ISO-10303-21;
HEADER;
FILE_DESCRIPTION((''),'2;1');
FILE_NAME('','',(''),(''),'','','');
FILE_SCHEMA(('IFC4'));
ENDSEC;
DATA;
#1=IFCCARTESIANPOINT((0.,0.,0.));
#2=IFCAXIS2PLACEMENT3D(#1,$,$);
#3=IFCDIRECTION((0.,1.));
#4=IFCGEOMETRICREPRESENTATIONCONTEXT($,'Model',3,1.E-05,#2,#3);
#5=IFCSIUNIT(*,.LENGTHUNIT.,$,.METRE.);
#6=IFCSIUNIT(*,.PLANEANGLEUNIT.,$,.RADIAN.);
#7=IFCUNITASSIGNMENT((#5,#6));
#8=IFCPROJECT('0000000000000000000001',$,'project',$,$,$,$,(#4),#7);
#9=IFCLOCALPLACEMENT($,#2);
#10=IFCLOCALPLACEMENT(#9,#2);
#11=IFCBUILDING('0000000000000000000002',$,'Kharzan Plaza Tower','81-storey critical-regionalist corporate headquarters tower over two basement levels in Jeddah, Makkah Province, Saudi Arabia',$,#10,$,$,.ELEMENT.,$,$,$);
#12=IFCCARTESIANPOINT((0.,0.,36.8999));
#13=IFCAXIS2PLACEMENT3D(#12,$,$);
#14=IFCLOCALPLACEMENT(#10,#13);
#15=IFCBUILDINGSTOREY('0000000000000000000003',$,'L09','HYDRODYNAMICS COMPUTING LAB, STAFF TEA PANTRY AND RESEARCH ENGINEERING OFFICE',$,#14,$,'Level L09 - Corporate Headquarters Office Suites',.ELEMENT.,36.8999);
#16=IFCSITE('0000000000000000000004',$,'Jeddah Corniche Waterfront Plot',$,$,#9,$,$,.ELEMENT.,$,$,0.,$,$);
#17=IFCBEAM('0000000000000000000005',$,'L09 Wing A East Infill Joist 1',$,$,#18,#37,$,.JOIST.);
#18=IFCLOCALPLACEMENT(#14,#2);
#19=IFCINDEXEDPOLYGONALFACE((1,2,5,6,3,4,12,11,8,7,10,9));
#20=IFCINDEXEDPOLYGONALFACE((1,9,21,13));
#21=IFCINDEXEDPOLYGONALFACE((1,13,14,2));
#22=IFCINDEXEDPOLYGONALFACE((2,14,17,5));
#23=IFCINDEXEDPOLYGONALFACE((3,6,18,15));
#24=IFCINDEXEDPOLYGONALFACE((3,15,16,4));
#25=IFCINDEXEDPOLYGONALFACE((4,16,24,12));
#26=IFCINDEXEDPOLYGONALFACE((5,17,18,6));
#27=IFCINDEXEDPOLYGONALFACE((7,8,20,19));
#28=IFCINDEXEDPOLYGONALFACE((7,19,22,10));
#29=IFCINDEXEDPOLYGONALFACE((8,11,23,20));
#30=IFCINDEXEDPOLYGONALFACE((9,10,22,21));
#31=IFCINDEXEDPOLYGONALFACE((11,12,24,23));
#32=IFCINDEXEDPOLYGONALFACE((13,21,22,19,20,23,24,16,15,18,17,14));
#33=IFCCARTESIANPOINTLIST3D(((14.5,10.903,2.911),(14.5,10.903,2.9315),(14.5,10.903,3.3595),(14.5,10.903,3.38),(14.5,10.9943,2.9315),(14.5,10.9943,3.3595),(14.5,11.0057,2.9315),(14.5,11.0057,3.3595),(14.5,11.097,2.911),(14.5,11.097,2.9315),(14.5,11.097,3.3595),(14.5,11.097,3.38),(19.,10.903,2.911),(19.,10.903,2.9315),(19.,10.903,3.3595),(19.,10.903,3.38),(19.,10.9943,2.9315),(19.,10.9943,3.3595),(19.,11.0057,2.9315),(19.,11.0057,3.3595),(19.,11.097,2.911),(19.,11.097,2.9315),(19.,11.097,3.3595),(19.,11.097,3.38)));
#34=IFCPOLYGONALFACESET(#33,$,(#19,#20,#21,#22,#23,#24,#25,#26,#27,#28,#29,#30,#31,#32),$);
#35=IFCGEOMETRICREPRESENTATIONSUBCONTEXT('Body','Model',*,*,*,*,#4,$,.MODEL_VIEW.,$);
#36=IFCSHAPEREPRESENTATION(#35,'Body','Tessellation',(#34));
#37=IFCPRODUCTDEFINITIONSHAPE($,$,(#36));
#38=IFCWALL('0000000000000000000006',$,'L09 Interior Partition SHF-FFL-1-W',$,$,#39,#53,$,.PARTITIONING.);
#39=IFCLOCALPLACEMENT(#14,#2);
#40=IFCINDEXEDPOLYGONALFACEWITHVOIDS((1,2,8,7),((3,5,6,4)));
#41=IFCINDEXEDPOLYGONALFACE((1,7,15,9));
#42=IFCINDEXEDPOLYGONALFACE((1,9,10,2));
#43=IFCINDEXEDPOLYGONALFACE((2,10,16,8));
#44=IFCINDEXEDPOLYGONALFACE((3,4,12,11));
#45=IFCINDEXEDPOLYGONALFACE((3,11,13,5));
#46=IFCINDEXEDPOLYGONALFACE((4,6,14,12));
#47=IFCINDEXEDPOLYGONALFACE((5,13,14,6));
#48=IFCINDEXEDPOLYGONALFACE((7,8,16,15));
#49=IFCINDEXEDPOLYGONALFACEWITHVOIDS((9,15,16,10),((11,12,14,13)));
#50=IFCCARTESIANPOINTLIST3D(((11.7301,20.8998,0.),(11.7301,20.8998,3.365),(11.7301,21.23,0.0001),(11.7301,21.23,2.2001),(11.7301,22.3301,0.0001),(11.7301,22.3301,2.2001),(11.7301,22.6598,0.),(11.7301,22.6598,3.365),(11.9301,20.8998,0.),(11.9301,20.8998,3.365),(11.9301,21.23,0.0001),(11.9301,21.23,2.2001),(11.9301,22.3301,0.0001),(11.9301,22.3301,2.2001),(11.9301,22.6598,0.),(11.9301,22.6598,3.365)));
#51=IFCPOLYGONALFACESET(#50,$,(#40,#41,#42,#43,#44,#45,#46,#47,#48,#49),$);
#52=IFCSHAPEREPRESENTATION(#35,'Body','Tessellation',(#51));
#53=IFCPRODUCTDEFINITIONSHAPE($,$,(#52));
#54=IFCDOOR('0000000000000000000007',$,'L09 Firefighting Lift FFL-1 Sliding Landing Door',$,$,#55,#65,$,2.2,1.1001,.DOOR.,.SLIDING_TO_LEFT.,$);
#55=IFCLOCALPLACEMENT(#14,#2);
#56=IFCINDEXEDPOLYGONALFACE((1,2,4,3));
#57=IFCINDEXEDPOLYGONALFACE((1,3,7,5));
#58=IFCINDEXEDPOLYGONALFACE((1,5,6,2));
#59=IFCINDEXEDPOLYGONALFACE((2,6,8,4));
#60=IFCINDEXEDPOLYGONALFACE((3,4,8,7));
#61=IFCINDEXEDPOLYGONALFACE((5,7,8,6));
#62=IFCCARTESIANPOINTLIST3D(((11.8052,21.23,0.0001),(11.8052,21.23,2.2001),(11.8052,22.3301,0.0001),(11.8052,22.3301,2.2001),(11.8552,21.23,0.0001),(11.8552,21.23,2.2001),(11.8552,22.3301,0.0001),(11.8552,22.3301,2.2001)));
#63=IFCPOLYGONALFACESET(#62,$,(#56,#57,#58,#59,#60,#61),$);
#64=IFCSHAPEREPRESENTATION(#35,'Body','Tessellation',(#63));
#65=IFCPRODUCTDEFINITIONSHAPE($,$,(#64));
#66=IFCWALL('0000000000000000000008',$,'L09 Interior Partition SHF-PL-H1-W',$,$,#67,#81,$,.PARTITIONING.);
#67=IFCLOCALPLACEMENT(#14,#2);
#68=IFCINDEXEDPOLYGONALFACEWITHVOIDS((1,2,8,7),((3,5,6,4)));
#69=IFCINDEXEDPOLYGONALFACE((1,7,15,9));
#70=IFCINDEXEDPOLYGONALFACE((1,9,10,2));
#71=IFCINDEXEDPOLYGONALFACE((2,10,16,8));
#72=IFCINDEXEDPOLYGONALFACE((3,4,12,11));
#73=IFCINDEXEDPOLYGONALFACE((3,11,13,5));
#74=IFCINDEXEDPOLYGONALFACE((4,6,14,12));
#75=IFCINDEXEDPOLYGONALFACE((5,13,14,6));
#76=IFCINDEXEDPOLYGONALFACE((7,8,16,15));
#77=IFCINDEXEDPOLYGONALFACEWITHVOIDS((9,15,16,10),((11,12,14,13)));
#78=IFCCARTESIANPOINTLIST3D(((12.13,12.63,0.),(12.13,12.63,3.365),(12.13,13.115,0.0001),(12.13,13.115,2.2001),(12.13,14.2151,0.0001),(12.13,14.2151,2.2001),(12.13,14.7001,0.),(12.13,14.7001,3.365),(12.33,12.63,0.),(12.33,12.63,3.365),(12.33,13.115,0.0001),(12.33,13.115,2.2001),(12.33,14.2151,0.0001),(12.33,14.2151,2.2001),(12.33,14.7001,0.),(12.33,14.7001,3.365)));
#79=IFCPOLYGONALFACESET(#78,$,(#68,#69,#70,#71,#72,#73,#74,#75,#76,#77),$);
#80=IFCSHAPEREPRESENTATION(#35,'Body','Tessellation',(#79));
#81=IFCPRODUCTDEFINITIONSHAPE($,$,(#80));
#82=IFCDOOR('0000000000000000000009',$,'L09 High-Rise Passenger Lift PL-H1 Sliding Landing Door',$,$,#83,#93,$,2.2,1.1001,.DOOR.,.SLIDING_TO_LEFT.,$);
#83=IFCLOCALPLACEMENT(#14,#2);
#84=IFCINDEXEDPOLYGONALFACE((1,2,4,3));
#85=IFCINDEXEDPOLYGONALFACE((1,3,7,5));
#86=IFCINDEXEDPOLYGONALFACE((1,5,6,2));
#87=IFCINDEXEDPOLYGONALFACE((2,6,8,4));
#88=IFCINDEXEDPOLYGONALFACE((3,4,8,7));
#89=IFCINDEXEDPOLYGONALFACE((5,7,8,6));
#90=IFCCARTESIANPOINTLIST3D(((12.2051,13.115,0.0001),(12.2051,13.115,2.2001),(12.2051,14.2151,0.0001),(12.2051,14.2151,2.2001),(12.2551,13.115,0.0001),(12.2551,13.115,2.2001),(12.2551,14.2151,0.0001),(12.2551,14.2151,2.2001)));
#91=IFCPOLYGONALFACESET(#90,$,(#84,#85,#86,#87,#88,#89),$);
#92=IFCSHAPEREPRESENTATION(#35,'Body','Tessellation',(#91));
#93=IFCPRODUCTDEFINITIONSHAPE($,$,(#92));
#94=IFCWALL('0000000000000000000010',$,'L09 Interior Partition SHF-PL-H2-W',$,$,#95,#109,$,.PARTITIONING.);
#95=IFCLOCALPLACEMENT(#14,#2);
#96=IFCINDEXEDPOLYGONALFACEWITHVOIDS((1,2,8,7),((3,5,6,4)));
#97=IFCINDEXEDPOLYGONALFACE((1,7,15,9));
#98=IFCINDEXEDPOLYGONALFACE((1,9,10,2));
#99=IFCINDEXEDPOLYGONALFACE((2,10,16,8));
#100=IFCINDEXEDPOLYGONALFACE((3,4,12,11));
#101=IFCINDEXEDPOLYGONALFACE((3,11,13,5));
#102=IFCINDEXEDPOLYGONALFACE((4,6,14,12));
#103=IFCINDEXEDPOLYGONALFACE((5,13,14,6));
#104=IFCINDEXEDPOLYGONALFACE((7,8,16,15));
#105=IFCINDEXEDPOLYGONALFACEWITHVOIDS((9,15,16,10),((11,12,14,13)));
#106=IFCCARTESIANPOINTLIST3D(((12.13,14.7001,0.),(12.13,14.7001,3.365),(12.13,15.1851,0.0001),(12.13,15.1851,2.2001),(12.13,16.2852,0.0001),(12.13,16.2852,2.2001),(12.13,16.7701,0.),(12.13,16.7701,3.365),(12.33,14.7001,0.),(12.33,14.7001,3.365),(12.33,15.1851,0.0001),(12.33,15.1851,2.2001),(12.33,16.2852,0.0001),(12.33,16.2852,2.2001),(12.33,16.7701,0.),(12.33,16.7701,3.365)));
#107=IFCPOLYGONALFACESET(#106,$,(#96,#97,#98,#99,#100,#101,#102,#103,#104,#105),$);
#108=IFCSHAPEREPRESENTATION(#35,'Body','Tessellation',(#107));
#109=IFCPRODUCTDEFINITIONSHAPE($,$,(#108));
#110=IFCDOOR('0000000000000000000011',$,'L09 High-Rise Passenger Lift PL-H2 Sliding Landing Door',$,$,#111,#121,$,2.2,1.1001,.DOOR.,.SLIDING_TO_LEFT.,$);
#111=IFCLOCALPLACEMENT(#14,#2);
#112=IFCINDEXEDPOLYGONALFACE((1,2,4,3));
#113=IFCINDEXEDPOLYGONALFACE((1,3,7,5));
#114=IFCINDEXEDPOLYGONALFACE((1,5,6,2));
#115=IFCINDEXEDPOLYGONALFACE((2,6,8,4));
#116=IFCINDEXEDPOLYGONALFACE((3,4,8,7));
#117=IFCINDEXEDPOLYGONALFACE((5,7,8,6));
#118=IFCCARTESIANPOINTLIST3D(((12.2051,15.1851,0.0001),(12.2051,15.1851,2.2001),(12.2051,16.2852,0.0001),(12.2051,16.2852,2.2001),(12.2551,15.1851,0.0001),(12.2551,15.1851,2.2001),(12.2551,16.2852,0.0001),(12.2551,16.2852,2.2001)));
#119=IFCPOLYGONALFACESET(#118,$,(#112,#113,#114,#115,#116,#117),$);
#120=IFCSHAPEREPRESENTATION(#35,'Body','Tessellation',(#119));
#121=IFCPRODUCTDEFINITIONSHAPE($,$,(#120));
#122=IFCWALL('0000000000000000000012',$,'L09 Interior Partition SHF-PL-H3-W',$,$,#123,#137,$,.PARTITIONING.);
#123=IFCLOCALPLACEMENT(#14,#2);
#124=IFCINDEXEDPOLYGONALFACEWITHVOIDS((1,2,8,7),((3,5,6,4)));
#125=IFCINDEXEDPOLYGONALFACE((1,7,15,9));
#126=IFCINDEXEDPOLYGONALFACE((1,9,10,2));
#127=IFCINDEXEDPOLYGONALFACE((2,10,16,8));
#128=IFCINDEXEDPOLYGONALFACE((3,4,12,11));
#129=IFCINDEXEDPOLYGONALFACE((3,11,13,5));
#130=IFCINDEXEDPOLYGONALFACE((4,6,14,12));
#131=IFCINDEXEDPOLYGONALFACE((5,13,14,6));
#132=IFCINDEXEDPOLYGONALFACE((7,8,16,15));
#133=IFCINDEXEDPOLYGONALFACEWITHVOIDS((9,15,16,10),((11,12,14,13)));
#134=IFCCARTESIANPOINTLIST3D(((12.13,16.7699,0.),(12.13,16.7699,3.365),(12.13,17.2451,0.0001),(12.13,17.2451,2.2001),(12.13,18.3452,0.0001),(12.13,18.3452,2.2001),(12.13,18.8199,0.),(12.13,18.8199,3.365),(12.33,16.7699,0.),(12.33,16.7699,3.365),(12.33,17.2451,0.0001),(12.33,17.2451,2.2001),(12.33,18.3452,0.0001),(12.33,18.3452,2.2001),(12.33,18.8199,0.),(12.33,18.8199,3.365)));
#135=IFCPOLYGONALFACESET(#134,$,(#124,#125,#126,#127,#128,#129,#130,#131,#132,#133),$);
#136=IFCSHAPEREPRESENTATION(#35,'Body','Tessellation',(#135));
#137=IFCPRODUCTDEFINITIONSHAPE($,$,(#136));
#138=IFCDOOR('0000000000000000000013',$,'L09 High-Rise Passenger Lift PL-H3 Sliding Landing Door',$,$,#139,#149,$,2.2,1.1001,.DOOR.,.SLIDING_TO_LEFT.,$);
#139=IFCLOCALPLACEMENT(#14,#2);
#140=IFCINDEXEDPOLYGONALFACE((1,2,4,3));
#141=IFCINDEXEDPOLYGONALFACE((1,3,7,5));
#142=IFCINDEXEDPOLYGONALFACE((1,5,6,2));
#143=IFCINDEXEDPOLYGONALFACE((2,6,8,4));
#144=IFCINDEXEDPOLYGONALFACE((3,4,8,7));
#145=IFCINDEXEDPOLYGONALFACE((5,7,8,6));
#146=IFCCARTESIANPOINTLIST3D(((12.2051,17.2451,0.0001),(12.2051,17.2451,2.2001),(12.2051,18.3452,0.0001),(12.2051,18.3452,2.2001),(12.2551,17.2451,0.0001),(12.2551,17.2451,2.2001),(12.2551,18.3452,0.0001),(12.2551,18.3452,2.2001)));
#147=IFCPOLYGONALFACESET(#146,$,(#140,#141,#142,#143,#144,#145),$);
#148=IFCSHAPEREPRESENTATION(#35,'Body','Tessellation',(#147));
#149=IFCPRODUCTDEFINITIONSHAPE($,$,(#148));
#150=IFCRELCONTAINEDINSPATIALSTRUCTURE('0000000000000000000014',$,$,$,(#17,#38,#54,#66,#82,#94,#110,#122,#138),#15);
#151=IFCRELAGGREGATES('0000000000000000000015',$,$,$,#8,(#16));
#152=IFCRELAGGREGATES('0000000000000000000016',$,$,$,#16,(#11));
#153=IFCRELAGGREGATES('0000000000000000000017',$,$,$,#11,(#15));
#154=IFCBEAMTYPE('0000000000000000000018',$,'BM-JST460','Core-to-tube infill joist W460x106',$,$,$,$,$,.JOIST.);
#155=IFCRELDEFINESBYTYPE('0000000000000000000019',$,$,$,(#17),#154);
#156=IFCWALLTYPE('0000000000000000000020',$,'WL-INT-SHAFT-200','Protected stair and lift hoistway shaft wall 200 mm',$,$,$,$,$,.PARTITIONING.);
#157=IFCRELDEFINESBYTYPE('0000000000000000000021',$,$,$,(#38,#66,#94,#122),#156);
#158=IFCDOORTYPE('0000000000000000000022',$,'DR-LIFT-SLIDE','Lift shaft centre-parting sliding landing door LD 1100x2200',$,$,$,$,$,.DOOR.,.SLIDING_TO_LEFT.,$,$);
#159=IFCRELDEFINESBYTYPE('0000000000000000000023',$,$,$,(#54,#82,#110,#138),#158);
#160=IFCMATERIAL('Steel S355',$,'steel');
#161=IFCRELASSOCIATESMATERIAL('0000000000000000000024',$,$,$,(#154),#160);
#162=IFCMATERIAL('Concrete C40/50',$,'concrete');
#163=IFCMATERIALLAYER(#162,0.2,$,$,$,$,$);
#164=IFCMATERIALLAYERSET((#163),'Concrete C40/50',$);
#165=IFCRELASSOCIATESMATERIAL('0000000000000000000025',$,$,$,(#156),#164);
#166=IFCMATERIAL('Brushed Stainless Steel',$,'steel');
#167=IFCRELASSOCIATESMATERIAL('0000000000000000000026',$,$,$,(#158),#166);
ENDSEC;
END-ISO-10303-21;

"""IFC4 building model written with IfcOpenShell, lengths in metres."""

from ifc_helpers import new_model, si_unit, direction, frame, frame_2d, origin, origin_2d, place, context, subcontext, project, spatial, rectangle, i_section, extrude, source, transform, mapped, material, layer, layer_set, material_profile, profile_set, type_object, element, fill, save


model = new_model("IFC4")

# Units and contexts
model_context = context("Model", 3, precision=1e-05, world=origin(), true_north=direction((0.0, 1.0)))
body_context = subcontext(model_context, "Body", "Model", "MODEL_VIEW")
ifc_project = project(units=[si_unit("LENGTHUNIT", "METRE"), si_unit("PLANEANGLEUNIT", "RADIAN")], contexts=[model_context])

# Site, building, storey
site_placement = place(None, origin())
site = spatial("IfcSite", under=ifc_project, at=site_placement, Name="Jeddah Corniche Waterfront Plot", CompositionType="ELEMENT", RefElevation=0.0)
building_placement = place(site_placement, origin())
building = spatial("IfcBuilding", under=site, at=building_placement, Name="Kharzan Plaza Tower", Description="81-storey critical-regionalist corporate headquarters tower over two basement levels in Jeddah, Makkah Province, Saudi Arabia", CompositionType="ELEMENT")
storey_placement = place(building_placement, frame((0.0, 0.0, 36.8999)))
storey = spatial("IfcBuildingStorey", under=building, at=storey_placement, Name="L09", Description="HYDRODYNAMICS COMPUTING LAB, STAFF TEA PANTRY AND RESEARCH ENGINEERING OFFICE", LongName="Level L09 - Corporate Headquarters Office Suites", CompositionType="ELEMENT", Elevation=36.8999)

# Beam
ifc_material_1 = material(Name="Steel S355", Category="steel")
ifc_material_profile = material_profile(ifc_material_1, i_section(OverallWidth=0.1941, OverallDepth=0.469, WebThickness=0.0115, FlangeThickness=0.0205, at=origin_2d()), Name="W460x106")
ifc_profile_set = profile_set([ifc_material_profile], Name="Steel S355")
beam_type = type_object("IfcBeamType", Name="BM-JST460", Description="Core-to-tube infill joist W460x106", PredefinedType="JOIST", material=ifc_profile_set)
shared_shape_1 = source(origin(), body_context, "Body", "SweptSolid", [
    extrude(i_section(OverallWidth=0.1941, OverallDepth=0.469, WebThickness=0.0115, FlangeThickness=0.0205, at=origin_2d()), origin(), (0.0, 0.0, 1.0), 4.5),
])
beam_placement = place(storey_placement, frame((14.5, 11.0, 3.1455), z_axis=(1.0, 0.0, 0.0), x_axis=(0.0, 1.0, 0.0)))
element("IfcBeam", 1, at=beam_placement, inside=storey, type_object=beam_type, Name="L09 Wing A East Infill Joist 1", PredefinedType="JOIST", context=body_context, shape_type="MappedRepresentation", body=[
    mapped(shared_shape_1, transform((0.0, 0.0, 0.0), x_axis=(1.0, 0.0, 0.0), y_axis=(0.0, 1.0, 0.0), z_axis=(0.0, 0.0, 1.0))),
])

# Walls, openings, doors
ifc_material_2 = material(Name="Concrete C40/50", Category="concrete")
ifc_layer_1 = layer(ifc_material_2, 0.2)
ifc_layer_set_1 = layer_set([ifc_layer_1], Name="Concrete C40/50")
wall_type = type_object("IfcWallType", Name="WL-INT-SHAFT-200", Description="Protected stair and lift hoistway shaft wall 200 mm", PredefinedType="PARTITIONING", material=ifc_layer_set_1)
wall_1_placement = place(storey_placement, frame((11.8301, 20.8999, 0.0), z_axis=(0.0, 0.0, 1.0), x_axis=(0.0, 1.0, 0.0)))
wall_1 = element("IfcWall", 2, at=wall_1_placement, inside=storey, type_object=wall_type, Name="L09 Interior Partition SHF-FFL-1-W", PredefinedType="PARTITIONING", context=body_context, shape_type="SweptSolid", body=[
    extrude(rectangle(XDim=1.76, YDim=0.2, at=frame_2d((0.8799, 0.0))), origin(), (0.0, 0.0, 1.0), 3.365),
])
opening_1_placement = place(wall_1_placement, frame((0.3301, 0.0, 0.0)))
opening_1 = element("IfcOpeningElement", 3, at=opening_1_placement, cuts=wall_1, PredefinedType="OPENING", context=body_context, shape_type="SweptSolid", body=[
    extrude(rectangle(XDim=1.1001, YDim=2.2, at=frame_2d((0.55, 1.1001))), frame((0.0, 0.1099, 0.0), z_axis=(0.0, -1.0, 0.0), x_axis=(1.0, 0.0, 0.0)), (0.0, 0.0, 1.0), 0.22),
])
ifc_material_3 = material(Name="Brushed Stainless Steel", Category="steel")
door_type = type_object("IfcDoorType", Name="DR-LIFT-SLIDE", Description="Lift shaft centre-parting sliding landing door LD 1100x2200", OperationType="SLIDING_TO_LEFT", PredefinedType="DOOR", material=ifc_material_3)
shared_shape_2 = source(origin(), body_context, "Body", "SweptSolid", [
    extrude(rectangle(XDim=1.1001, YDim=2.2, at=frame_2d((0.55, 1.1001))), frame((0.0, 0.0249, 0.0), z_axis=(0.0, -1.0, 0.0), x_axis=(1.0, 0.0, 0.0)), (0.0, 0.0, 1.0), 0.05),
])
door_1_placement = place(opening_1_placement, origin())
door_1 = element("IfcDoor", 4, at=door_1_placement, inside=storey, type_object=door_type, Name="L09 Firefighting Lift FFL-1 Sliding Landing Door", OperationType="SLIDING_TO_LEFT", OverallHeight=2.2, OverallWidth=1.1001, PredefinedType="DOOR", context=body_context, shape_type="MappedRepresentation", body=[
    mapped(shared_shape_2, transform((0.0, 0.0, 0.0), x_axis=(1.0, 0.0, 0.0), y_axis=(0.0, 1.0, 0.0), z_axis=(0.0, 0.0, 1.0))),
])
fill(opening_1, door_1)
wall_2_placement = place(storey_placement, frame((12.23, 12.6299, 0.0), z_axis=(0.0, 0.0, 1.0), x_axis=(0.0, 1.0, 0.0)))
wall_2 = element("IfcWall", 5, at=wall_2_placement, inside=storey, type_object=wall_type, Name="L09 Interior Partition SHF-PL-H1-W", PredefinedType="PARTITIONING", context=body_context, shape_type="SweptSolid", body=[
    extrude(rectangle(XDim=2.0701, YDim=0.2, at=frame_2d((1.0352, 0.0))), origin(), (0.0, 0.0, 1.0), 3.365),
])
opening_2_placement = place(wall_2_placement, frame((0.4851, 0.0, 0.0)))
opening_2 = element("IfcOpeningElement", 6, at=opening_2_placement, cuts=wall_2, PredefinedType="OPENING", context=body_context, shape_type="SweptSolid", body=[
    extrude(rectangle(XDim=1.1001, YDim=2.2, at=frame_2d((0.55, 1.1001))), frame((0.0, 0.1099, 0.0), z_axis=(0.0, -1.0, 0.0), x_axis=(1.0, 0.0, 0.0)), (0.0, 0.0, 1.0), 0.22),
])
door_2_placement = place(opening_2_placement, origin())
door_2 = element("IfcDoor", 7, at=door_2_placement, inside=storey, type_object=door_type, Name="L09 High-Rise Passenger Lift PL-H1 Sliding Landing Door", OperationType="SLIDING_TO_LEFT", OverallHeight=2.2, OverallWidth=1.1001, PredefinedType="DOOR", context=body_context, shape_type="MappedRepresentation", body=[
    mapped(shared_shape_2, transform((0.0, 0.0, 0.0), x_axis=(1.0, 0.0, 0.0), y_axis=(0.0, 1.0, 0.0), z_axis=(0.0, 0.0, 1.0))),
])
fill(opening_2, door_2)
wall_3_placement = place(storey_placement, frame((12.23, 14.7, 0.0), z_axis=(0.0, 0.0, 1.0), x_axis=(0.0, 1.0, 0.0)))
wall_3 = element("IfcWall", 8, at=wall_3_placement, inside=storey, type_object=wall_type, Name="L09 Interior Partition SHF-PL-H2-W", PredefinedType="PARTITIONING", context=body_context, shape_type="SweptSolid", body=[
    extrude(rectangle(XDim=2.0701, YDim=0.2, at=frame_2d((1.0352, 0.0))), origin(), (0.0, 0.0, 1.0), 3.365),
])
opening_3_placement = place(wall_3_placement, frame((0.4851, 0.0, 0.0)))
opening_3 = element("IfcOpeningElement", 9, at=opening_3_placement, cuts=wall_3, PredefinedType="OPENING", context=body_context, shape_type="SweptSolid", body=[
    extrude(rectangle(XDim=1.1001, YDim=2.2, at=frame_2d((0.55, 1.1001))), frame((0.0, 0.1099, 0.0), z_axis=(0.0, -1.0, 0.0), x_axis=(1.0, 0.0, 0.0)), (0.0, 0.0, 1.0), 0.22),
])
door_3_placement = place(opening_3_placement, origin())
door_3 = element("IfcDoor", 10, at=door_3_placement, inside=storey, type_object=door_type, Name="L09 High-Rise Passenger Lift PL-H2 Sliding Landing Door", OperationType="SLIDING_TO_LEFT", OverallHeight=2.2, OverallWidth=1.1001, PredefinedType="DOOR", context=body_context, shape_type="MappedRepresentation", body=[
    mapped(shared_shape_2, transform((0.0, 0.0, 0.0), x_axis=(1.0, 0.0, 0.0), y_axis=(0.0, 1.0, 0.0), z_axis=(0.0, 0.0, 1.0))),
])
fill(opening_3, door_3)
wall_4_placement = place(storey_placement, frame((12.23, 16.77, 0.0), z_axis=(0.0, 0.0, 1.0), x_axis=(0.0, 1.0, 0.0)))
wall_4 = element("IfcWall", 11, at=wall_4_placement, inside=storey, type_object=wall_type, Name="L09 Interior Partition SHF-PL-H3-W", PredefinedType="PARTITIONING", context=body_context, shape_type="SweptSolid", body=[
    extrude(rectangle(XDim=2.05, YDim=0.2, at=frame_2d((1.0249, 0.0))), origin(), (0.0, 0.0, 1.0), 3.365),
])
opening_4_placement = place(wall_4_placement, frame((0.4751, 0.0, 0.0)))
opening_4 = element("IfcOpeningElement", 12, at=opening_4_placement, cuts=wall_4, PredefinedType="OPENING", context=body_context, shape_type="SweptSolid", body=[
    extrude(rectangle(XDim=1.1001, YDim=2.2, at=frame_2d((0.55, 1.1001))), frame((0.0, 0.1099, 0.0), z_axis=(0.0, -1.0, 0.0), x_axis=(1.0, 0.0, 0.0)), (0.0, 0.0, 1.0), 0.22),
])
door_4_placement = place(opening_4_placement, origin())
door_4 = element("IfcDoor", 13, at=door_4_placement, inside=storey, type_object=door_type, Name="L09 High-Rise Passenger Lift PL-H3 Sliding Landing Door", OperationType="SLIDING_TO_LEFT", OverallHeight=2.2, OverallWidth=1.1001, PredefinedType="DOOR", context=body_context, shape_type="MappedRepresentation", body=[
    mapped(shared_shape_2, transform((0.0, 0.0, 0.0), x_axis=(1.0, 0.0, 0.0), y_axis=(0.0, 1.0, 0.0), z_axis=(0.0, 0.0, 1.0))),
])
fill(opening_4, door_4)

save(model, "model.ifc")
